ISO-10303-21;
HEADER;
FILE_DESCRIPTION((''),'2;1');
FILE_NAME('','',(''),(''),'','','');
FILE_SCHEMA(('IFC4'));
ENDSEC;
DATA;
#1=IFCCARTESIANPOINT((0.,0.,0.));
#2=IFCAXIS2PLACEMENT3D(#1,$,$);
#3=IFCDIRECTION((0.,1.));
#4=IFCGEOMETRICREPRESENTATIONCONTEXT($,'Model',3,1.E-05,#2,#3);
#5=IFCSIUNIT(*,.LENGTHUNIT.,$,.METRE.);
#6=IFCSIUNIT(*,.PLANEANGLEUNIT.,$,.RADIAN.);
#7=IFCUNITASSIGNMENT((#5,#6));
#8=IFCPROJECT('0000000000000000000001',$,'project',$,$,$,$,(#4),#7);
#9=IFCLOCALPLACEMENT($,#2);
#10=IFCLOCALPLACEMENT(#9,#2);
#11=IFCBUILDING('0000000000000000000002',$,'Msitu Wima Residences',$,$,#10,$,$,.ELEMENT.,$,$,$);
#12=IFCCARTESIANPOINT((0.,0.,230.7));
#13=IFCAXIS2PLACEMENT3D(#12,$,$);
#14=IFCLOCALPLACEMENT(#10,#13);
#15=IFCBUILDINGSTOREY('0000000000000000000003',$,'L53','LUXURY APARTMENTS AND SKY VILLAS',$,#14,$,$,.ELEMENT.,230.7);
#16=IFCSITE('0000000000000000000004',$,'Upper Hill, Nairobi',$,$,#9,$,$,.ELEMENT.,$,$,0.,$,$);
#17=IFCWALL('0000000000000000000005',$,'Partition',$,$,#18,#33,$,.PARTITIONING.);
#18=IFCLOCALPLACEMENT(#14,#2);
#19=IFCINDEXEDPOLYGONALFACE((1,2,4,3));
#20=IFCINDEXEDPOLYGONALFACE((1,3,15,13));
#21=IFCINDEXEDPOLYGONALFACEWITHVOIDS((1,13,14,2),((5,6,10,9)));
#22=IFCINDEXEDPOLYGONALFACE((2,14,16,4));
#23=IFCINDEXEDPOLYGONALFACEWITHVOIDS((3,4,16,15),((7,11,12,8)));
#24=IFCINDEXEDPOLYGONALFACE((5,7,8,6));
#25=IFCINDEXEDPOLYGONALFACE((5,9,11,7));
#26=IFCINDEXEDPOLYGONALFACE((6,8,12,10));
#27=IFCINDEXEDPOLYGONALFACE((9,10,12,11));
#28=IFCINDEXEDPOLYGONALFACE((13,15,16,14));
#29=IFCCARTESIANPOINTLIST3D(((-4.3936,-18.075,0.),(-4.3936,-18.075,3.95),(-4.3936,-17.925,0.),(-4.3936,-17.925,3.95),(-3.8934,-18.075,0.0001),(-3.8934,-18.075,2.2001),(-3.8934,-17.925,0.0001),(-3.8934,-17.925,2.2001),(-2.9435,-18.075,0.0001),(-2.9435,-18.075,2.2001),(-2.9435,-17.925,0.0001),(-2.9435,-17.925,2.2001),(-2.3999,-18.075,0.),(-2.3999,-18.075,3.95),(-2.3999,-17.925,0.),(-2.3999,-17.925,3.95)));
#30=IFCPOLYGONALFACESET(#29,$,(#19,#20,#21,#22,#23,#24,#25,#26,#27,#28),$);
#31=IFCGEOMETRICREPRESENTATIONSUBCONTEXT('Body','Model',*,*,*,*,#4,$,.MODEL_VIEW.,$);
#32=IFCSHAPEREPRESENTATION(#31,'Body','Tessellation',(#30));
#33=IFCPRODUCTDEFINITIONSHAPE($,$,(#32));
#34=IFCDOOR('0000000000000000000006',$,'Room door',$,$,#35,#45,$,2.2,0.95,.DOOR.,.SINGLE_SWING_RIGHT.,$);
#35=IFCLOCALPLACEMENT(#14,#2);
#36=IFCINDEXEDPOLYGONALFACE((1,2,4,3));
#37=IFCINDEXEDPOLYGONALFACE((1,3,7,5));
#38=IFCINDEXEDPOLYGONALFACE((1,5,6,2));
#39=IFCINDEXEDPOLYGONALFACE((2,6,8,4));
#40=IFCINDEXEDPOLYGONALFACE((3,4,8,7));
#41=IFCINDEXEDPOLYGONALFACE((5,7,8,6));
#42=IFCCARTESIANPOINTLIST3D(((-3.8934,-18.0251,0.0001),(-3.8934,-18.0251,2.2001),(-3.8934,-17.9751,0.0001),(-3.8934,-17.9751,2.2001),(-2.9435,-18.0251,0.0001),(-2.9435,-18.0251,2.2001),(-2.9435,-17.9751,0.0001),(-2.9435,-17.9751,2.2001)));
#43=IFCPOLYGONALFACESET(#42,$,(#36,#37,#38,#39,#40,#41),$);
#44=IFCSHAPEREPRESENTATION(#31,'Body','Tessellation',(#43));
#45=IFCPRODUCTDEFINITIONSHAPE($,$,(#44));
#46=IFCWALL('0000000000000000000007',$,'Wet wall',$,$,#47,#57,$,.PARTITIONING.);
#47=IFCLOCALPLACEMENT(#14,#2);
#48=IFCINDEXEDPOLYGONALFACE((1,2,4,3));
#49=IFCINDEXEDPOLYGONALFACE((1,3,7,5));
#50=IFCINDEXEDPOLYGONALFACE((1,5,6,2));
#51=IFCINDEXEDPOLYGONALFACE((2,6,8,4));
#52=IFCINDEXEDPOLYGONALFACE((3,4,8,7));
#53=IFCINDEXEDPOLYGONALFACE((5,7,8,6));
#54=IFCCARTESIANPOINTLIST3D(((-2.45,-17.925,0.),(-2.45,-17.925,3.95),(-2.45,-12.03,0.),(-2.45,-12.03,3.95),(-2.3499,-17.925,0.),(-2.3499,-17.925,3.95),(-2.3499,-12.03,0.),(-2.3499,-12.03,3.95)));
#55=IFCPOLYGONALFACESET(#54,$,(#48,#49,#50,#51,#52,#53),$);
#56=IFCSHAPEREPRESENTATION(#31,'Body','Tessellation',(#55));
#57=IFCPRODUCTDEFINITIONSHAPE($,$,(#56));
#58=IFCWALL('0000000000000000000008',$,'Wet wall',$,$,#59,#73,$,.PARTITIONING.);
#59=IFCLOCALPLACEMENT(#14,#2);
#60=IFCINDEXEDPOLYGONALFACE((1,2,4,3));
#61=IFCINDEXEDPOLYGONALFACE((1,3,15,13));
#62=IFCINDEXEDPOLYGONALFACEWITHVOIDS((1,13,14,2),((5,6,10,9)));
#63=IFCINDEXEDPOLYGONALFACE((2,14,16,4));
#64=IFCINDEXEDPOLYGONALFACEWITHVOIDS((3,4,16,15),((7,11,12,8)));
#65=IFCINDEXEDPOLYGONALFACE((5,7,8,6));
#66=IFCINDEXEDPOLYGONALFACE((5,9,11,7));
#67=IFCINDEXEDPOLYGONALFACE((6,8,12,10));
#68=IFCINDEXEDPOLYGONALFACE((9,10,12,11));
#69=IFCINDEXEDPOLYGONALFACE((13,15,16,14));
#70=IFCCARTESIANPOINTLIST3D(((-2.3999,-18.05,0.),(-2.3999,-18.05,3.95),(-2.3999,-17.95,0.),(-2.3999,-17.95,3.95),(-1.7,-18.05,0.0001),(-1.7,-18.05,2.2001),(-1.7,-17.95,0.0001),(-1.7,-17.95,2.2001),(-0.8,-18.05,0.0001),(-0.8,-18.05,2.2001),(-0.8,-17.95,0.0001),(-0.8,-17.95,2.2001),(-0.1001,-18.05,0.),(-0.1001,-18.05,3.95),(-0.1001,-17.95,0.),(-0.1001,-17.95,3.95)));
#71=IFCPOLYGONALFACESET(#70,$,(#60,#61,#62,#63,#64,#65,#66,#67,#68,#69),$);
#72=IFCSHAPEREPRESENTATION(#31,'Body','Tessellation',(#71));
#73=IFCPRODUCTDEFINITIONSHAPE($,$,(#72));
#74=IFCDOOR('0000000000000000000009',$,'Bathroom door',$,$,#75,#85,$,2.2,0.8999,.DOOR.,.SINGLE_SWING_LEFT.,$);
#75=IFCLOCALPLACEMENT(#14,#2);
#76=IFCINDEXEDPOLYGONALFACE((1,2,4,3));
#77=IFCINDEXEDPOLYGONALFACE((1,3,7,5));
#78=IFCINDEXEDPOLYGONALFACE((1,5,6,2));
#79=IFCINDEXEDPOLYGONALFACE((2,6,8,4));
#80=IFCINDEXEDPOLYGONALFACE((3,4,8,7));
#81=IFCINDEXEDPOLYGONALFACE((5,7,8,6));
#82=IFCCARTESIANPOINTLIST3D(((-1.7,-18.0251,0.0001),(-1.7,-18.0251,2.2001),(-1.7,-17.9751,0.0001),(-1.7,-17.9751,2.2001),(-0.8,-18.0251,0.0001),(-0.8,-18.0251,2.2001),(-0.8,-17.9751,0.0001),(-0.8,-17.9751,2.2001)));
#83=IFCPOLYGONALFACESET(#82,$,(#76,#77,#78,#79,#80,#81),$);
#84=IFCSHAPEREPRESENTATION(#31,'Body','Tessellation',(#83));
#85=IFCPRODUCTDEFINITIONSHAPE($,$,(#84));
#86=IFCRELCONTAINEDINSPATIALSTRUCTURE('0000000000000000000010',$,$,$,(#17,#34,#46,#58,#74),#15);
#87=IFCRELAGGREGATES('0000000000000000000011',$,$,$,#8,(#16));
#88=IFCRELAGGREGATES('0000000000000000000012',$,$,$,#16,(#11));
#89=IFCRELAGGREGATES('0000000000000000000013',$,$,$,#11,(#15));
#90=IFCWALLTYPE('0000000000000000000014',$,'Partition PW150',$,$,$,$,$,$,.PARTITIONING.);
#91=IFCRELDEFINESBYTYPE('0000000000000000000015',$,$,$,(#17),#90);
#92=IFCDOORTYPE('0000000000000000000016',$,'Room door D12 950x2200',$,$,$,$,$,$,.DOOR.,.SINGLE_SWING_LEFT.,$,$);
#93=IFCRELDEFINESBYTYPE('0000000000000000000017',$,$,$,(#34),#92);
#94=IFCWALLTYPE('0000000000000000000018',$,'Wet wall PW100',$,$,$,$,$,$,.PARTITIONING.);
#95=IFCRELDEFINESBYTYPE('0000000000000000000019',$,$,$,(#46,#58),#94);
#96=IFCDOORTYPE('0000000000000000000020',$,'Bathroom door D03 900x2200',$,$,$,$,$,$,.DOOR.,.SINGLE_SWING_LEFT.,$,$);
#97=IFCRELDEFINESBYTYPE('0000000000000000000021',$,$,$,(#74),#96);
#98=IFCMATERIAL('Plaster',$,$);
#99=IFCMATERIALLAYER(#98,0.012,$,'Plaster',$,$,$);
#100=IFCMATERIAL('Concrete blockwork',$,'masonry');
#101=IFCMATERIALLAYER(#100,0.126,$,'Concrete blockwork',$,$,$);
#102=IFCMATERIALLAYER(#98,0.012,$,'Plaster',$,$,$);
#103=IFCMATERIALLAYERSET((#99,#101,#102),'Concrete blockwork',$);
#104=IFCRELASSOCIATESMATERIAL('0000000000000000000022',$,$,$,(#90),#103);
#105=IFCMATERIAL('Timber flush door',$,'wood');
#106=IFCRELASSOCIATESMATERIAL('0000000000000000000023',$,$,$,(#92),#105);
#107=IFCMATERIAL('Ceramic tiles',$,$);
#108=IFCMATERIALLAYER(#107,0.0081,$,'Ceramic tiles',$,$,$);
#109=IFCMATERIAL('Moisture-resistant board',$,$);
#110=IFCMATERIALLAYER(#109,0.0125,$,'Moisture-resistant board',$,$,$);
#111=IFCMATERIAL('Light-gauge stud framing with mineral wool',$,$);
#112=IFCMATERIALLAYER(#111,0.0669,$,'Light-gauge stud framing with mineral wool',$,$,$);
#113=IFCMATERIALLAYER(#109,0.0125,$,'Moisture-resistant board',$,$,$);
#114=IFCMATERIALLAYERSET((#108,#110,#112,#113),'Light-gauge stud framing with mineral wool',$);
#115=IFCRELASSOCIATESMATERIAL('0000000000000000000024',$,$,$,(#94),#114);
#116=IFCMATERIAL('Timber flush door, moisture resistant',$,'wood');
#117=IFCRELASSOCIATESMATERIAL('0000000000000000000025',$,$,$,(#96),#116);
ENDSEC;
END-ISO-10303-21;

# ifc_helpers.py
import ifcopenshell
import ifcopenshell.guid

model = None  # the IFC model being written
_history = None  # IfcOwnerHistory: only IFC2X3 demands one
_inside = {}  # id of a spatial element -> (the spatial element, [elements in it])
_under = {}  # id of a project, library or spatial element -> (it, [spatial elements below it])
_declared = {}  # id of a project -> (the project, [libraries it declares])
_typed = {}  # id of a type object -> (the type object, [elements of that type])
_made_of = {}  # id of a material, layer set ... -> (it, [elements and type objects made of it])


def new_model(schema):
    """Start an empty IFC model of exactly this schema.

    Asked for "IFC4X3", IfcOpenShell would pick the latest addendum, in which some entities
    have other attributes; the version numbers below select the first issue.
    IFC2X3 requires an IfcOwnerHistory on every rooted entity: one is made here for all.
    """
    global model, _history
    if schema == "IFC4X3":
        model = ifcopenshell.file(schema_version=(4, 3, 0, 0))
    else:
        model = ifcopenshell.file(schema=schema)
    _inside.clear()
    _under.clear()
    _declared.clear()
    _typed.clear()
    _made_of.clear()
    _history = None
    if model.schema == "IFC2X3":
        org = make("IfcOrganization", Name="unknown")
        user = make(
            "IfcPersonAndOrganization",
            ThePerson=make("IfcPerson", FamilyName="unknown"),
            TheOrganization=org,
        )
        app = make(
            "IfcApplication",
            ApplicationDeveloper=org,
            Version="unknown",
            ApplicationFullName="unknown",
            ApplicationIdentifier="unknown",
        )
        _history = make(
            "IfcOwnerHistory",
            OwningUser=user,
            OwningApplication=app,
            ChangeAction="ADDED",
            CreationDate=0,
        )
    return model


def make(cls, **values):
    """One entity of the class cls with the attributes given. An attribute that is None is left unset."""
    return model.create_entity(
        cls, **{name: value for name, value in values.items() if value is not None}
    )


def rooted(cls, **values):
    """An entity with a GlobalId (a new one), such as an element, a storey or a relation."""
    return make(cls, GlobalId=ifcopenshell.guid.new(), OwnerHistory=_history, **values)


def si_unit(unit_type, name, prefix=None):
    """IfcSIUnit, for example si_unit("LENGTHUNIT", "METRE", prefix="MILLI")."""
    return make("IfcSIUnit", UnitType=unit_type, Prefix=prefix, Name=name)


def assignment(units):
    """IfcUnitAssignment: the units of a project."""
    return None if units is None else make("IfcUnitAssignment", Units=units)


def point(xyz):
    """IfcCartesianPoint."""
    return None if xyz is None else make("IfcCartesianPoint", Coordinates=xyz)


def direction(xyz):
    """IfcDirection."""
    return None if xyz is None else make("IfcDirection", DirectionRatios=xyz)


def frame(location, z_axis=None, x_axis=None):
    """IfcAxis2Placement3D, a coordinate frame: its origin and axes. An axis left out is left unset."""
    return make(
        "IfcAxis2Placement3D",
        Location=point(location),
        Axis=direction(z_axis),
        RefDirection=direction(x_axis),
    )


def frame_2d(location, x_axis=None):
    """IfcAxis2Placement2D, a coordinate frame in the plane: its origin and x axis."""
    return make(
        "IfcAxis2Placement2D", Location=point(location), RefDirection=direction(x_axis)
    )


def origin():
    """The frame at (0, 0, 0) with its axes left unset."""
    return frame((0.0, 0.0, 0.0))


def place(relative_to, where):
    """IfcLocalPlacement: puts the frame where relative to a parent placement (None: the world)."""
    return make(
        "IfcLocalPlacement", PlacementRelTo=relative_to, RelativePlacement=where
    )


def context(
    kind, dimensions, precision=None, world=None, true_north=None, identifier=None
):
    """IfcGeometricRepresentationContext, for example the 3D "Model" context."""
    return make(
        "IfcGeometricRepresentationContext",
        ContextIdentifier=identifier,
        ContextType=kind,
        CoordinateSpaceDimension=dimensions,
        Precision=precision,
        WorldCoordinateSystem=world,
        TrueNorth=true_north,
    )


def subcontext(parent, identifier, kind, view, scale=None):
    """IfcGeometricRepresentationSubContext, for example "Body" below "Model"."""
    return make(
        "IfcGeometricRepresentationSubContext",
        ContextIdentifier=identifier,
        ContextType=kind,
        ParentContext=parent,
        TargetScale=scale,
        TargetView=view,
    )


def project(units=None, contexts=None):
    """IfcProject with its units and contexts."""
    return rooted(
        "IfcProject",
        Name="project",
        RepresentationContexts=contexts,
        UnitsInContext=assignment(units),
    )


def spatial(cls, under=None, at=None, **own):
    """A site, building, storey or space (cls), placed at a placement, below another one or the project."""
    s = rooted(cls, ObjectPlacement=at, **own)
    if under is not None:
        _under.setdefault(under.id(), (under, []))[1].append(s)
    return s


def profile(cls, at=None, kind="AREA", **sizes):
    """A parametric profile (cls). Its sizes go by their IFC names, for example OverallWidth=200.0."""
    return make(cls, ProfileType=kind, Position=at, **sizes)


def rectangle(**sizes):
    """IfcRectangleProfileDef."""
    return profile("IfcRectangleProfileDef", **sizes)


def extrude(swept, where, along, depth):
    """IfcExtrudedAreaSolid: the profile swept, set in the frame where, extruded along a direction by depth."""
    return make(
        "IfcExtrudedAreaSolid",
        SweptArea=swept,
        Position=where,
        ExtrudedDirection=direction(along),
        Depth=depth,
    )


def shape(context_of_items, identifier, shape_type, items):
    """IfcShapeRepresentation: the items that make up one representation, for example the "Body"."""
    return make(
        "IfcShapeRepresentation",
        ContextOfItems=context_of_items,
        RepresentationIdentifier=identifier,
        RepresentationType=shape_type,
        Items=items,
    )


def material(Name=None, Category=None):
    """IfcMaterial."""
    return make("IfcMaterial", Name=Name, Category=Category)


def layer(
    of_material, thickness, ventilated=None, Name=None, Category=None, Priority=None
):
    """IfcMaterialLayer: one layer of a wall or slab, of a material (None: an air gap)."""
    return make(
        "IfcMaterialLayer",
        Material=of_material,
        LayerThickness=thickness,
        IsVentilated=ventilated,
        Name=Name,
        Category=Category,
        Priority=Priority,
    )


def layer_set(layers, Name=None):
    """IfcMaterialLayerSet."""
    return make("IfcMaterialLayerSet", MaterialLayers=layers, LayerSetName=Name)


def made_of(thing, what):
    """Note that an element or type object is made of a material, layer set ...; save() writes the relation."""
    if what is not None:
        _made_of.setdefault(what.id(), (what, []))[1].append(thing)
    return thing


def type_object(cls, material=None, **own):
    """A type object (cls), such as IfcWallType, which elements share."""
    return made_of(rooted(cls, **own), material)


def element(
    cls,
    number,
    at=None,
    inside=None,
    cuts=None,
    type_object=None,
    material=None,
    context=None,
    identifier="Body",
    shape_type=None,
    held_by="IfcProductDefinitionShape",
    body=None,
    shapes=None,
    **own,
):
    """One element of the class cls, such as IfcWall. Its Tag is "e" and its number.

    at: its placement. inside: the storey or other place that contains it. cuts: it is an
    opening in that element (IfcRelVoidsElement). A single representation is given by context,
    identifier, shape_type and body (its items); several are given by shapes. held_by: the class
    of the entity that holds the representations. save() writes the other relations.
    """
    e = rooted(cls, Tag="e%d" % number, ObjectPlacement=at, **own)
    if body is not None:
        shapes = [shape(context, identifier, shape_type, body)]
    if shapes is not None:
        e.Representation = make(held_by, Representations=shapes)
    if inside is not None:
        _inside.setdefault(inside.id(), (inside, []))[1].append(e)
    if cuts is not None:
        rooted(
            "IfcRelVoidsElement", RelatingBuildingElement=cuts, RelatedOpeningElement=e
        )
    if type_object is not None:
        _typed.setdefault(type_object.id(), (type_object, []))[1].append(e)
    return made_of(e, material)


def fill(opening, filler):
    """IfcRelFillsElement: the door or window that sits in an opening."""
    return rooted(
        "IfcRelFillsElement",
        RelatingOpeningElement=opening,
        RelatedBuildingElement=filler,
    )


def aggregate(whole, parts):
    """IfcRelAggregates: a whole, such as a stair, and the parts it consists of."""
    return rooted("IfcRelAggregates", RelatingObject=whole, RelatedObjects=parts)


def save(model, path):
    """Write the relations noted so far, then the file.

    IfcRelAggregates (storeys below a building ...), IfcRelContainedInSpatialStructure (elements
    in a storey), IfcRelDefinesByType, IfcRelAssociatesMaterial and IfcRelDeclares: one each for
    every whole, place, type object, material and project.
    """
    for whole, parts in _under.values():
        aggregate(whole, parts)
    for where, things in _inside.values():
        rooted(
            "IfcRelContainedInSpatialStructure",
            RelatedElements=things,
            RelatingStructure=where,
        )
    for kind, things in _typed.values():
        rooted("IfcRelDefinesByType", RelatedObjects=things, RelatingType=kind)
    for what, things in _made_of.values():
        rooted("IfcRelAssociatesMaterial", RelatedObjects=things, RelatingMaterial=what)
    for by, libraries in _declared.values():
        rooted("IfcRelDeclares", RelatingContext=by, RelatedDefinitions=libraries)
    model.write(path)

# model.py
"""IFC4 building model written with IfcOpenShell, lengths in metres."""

from ifc_helpers import new_model, si_unit, direction, frame, frame_2d, origin, place, context, subcontext, project, spatial, rectangle, extrude, material, layer, layer_set, type_object, element, fill, save


model = new_model("IFC4")

# Units and contexts
model_context = context("Model", 3, precision=1e-05, world=origin(), true_north=direction((0.0, 1.0)))
body_context = subcontext(model_context, "Body", "Model", "MODEL_VIEW")
ifc_project = project(units=[si_unit("LENGTHUNIT", "METRE"), si_unit("PLANEANGLEUNIT", "RADIAN")], contexts=[model_context])

# Site, building, storey
site_placement = place(None, origin())
site = spatial("IfcSite", under=ifc_project, at=site_placement, Name="Upper Hill, Nairobi", CompositionType="ELEMENT", RefElevation=0.0)
building_placement = place(site_placement, origin())
building = spatial("IfcBuilding", under=site, at=building_placement, Name="Msitu Wima Residences", CompositionType="ELEMENT")
storey_placement = place(building_placement, frame((0.0, 0.0, 230.7)))
storey = spatial("IfcBuildingStorey", under=building, at=storey_placement, Name="L53", Description="LUXURY APARTMENTS AND SKY VILLAS", CompositionType="ELEMENT", Elevation=230.7)

# Shared definitions
ifc_material_1 = material(Name="Plaster")
ifc_layer_1 = layer(ifc_material_1, 0.012, Name="Plaster")
ifc_material_2 = material(Name="Concrete blockwork", Category="masonry")
ifc_layer_2 = layer(ifc_material_2, 0.126, Name="Concrete blockwork")
ifc_layer_3 = layer(ifc_material_1, 0.012, Name="Plaster")
ifc_layer_set_1 = layer_set([ifc_layer_1, ifc_layer_2, ifc_layer_3], Name="Concrete blockwork")
wall_type_1 = type_object("IfcWallType", Name="Partition PW150", PredefinedType="PARTITIONING", material=ifc_layer_set_1)
ifc_material_3 = material(Name="Timber flush door", Category="wood")
door_type_1 = type_object("IfcDoorType", Name="Room door D12 950x2200", OperationType="SINGLE_SWING_LEFT", PredefinedType="DOOR", material=ifc_material_3)

# Wall, opening, door
wall_1_placement = place(storey_placement, frame((-4.3936, -18.0, 0.0), z_axis=(0.0, 0.0, 1.0), x_axis=(1.0, 0.0, 0.0)))
wall_1 = element("IfcWall", 1, at=wall_1_placement, inside=storey, type_object=wall_type_1, Name="Partition", PredefinedType="PARTITIONING", context=body_context, shape_type="SweptSolid", body=[
    extrude(rectangle(XDim=1.9937, YDim=0.1499, at=frame_2d((0.9968, 0.0))), origin(), (0.0, 0.0, 1.0), 3.95),
])
opening_1_placement = place(wall_1_placement, frame((0.5, 0.0, 0.0)))
opening_1 = element("IfcOpeningElement", 2, at=opening_1_placement, cuts=wall_1, PredefinedType="OPENING", context=body_context, shape_type="SweptSolid", body=[
    extrude(rectangle(XDim=0.95, YDim=2.2, at=frame_2d((0.4751, 1.1001))), frame((0.0, 0.085, 0.0), z_axis=(0.0, -1.0, 0.0), x_axis=(1.0, 0.0, 0.0)), (0.0, 0.0, 1.0), 0.1699),
])
door_1_placement = place(opening_1_placement, origin())
door_1 = element("IfcDoor", 3, at=door_1_placement, inside=storey, type_object=door_type_1, Name="Room door", OperationType="SINGLE_SWING_RIGHT", OverallHeight=2.2, OverallWidth=0.95, PredefinedType="DOOR", context=body_context, shape_type="SweptSolid", body=[
    extrude(rectangle(XDim=0.95, YDim=2.2, at=frame_2d((0.4751, 1.1001))), frame((0.0, 0.0249, 0.0), z_axis=(0.0, -1.0, 0.0), x_axis=(1.0, 0.0, 0.0)), (0.0, 0.0, 1.0), 0.05),
])
fill(opening_1, door_1)

# Wall
ifc_material_4 = material(Name="Ceramic tiles")
ifc_layer_4 = layer(ifc_material_4, 0.0081, Name="Ceramic tiles")
ifc_material_5 = material(Name="Moisture-resistant board")
ifc_layer_5 = layer(ifc_material_5, 0.0125, Name="Moisture-resistant board")
ifc_material_6 = material(Name="Light-gauge stud framing with mineral wool")
ifc_layer_6 = layer(ifc_material_6, 0.0669, Name="Light-gauge stud framing with mineral wool")
ifc_layer_7 = layer(ifc_material_5, 0.0125, Name="Moisture-resistant board")
ifc_layer_set_2 = layer_set([ifc_layer_4, ifc_layer_5, ifc_layer_6, ifc_layer_7], Name="Light-gauge stud framing with mineral wool")
wall_type_2 = type_object("IfcWallType", Name="Wet wall PW100", PredefinedType="PARTITIONING", material=ifc_layer_set_2)
wall_2_placement = place(storey_placement, frame((-2.3999, -17.925, 0.0), z_axis=(0.0, 0.0, 1.0), x_axis=(0.0, 1.0, 0.0)))
element("IfcWall", 4, at=wall_2_placement, inside=storey, type_object=wall_type_2, Name="Wet wall", PredefinedType="PARTITIONING", context=body_context, shape_type="SweptSolid", body=[
    extrude(rectangle(XDim=5.895, YDim=0.1001, at=frame_2d((2.9475, 0.0))), origin(), (0.0, 0.0, 1.0), 3.95),
])

# Wall, opening, door
wall_3_placement = place(storey_placement, frame((-2.3999, -18.0, 0.0), z_axis=(0.0, 0.0, 1.0), x_axis=(1.0, 0.0, 0.0)))
wall_3 = element("IfcWall", 5, at=wall_3_placement, inside=storey, type_object=wall_type_2, Name="Wet wall", PredefinedType="PARTITIONING", context=body_context, shape_type="SweptSolid", body=[
    extrude(rectangle(XDim=2.2998, YDim=0.1001, at=frame_2d((1.1499, 0.0))), origin(), (0.0, 0.0, 1.0), 3.95),
])
opening_2_placement = place(wall_3_placement, frame((0.7, 0.0, 0.0)))
opening_2 = element("IfcOpeningElement", 6, at=opening_2_placement, cuts=wall_3, PredefinedType="OPENING", context=body_context, shape_type="SweptSolid", body=[
    extrude(rectangle(XDim=0.8999, YDim=2.2, at=frame_2d((0.45, 1.1001))), frame((0.0, 0.0601, 0.0), z_axis=(0.0, -1.0, 0.0), x_axis=(1.0, 0.0, 0.0)), (0.0, 0.0, 1.0), 0.1201),
])
ifc_material_7 = material(Name="Timber flush door, moisture resistant", Category="wood")
door_type_2 = type_object("IfcDoorType", Name="Bathroom door D03 900x2200", OperationType="SINGLE_SWING_LEFT", PredefinedType="DOOR", material=ifc_material_7)
door_2_placement = place(opening_2_placement, origin())
door_2 = element("IfcDoor", 7, at=door_2_placement, inside=storey, type_object=door_type_2, Name="Bathroom door", OperationType="SINGLE_SWING_LEFT", OverallHeight=2.2, OverallWidth=0.8999, PredefinedType="DOOR", context=body_context, shape_type="SweptSolid", body=[
    extrude(rectangle(XDim=0.8999, YDim=2.2, at=frame_2d((0.45, 1.1001))), frame((0.0, 0.0249, 0.0), z_axis=(0.0, -1.0, 0.0), x_axis=(1.0, 0.0, 0.0)), (0.0, 0.0, 1.0), 0.05),
])
fill(opening_2, door_2)

save(model, "model.ifc")
